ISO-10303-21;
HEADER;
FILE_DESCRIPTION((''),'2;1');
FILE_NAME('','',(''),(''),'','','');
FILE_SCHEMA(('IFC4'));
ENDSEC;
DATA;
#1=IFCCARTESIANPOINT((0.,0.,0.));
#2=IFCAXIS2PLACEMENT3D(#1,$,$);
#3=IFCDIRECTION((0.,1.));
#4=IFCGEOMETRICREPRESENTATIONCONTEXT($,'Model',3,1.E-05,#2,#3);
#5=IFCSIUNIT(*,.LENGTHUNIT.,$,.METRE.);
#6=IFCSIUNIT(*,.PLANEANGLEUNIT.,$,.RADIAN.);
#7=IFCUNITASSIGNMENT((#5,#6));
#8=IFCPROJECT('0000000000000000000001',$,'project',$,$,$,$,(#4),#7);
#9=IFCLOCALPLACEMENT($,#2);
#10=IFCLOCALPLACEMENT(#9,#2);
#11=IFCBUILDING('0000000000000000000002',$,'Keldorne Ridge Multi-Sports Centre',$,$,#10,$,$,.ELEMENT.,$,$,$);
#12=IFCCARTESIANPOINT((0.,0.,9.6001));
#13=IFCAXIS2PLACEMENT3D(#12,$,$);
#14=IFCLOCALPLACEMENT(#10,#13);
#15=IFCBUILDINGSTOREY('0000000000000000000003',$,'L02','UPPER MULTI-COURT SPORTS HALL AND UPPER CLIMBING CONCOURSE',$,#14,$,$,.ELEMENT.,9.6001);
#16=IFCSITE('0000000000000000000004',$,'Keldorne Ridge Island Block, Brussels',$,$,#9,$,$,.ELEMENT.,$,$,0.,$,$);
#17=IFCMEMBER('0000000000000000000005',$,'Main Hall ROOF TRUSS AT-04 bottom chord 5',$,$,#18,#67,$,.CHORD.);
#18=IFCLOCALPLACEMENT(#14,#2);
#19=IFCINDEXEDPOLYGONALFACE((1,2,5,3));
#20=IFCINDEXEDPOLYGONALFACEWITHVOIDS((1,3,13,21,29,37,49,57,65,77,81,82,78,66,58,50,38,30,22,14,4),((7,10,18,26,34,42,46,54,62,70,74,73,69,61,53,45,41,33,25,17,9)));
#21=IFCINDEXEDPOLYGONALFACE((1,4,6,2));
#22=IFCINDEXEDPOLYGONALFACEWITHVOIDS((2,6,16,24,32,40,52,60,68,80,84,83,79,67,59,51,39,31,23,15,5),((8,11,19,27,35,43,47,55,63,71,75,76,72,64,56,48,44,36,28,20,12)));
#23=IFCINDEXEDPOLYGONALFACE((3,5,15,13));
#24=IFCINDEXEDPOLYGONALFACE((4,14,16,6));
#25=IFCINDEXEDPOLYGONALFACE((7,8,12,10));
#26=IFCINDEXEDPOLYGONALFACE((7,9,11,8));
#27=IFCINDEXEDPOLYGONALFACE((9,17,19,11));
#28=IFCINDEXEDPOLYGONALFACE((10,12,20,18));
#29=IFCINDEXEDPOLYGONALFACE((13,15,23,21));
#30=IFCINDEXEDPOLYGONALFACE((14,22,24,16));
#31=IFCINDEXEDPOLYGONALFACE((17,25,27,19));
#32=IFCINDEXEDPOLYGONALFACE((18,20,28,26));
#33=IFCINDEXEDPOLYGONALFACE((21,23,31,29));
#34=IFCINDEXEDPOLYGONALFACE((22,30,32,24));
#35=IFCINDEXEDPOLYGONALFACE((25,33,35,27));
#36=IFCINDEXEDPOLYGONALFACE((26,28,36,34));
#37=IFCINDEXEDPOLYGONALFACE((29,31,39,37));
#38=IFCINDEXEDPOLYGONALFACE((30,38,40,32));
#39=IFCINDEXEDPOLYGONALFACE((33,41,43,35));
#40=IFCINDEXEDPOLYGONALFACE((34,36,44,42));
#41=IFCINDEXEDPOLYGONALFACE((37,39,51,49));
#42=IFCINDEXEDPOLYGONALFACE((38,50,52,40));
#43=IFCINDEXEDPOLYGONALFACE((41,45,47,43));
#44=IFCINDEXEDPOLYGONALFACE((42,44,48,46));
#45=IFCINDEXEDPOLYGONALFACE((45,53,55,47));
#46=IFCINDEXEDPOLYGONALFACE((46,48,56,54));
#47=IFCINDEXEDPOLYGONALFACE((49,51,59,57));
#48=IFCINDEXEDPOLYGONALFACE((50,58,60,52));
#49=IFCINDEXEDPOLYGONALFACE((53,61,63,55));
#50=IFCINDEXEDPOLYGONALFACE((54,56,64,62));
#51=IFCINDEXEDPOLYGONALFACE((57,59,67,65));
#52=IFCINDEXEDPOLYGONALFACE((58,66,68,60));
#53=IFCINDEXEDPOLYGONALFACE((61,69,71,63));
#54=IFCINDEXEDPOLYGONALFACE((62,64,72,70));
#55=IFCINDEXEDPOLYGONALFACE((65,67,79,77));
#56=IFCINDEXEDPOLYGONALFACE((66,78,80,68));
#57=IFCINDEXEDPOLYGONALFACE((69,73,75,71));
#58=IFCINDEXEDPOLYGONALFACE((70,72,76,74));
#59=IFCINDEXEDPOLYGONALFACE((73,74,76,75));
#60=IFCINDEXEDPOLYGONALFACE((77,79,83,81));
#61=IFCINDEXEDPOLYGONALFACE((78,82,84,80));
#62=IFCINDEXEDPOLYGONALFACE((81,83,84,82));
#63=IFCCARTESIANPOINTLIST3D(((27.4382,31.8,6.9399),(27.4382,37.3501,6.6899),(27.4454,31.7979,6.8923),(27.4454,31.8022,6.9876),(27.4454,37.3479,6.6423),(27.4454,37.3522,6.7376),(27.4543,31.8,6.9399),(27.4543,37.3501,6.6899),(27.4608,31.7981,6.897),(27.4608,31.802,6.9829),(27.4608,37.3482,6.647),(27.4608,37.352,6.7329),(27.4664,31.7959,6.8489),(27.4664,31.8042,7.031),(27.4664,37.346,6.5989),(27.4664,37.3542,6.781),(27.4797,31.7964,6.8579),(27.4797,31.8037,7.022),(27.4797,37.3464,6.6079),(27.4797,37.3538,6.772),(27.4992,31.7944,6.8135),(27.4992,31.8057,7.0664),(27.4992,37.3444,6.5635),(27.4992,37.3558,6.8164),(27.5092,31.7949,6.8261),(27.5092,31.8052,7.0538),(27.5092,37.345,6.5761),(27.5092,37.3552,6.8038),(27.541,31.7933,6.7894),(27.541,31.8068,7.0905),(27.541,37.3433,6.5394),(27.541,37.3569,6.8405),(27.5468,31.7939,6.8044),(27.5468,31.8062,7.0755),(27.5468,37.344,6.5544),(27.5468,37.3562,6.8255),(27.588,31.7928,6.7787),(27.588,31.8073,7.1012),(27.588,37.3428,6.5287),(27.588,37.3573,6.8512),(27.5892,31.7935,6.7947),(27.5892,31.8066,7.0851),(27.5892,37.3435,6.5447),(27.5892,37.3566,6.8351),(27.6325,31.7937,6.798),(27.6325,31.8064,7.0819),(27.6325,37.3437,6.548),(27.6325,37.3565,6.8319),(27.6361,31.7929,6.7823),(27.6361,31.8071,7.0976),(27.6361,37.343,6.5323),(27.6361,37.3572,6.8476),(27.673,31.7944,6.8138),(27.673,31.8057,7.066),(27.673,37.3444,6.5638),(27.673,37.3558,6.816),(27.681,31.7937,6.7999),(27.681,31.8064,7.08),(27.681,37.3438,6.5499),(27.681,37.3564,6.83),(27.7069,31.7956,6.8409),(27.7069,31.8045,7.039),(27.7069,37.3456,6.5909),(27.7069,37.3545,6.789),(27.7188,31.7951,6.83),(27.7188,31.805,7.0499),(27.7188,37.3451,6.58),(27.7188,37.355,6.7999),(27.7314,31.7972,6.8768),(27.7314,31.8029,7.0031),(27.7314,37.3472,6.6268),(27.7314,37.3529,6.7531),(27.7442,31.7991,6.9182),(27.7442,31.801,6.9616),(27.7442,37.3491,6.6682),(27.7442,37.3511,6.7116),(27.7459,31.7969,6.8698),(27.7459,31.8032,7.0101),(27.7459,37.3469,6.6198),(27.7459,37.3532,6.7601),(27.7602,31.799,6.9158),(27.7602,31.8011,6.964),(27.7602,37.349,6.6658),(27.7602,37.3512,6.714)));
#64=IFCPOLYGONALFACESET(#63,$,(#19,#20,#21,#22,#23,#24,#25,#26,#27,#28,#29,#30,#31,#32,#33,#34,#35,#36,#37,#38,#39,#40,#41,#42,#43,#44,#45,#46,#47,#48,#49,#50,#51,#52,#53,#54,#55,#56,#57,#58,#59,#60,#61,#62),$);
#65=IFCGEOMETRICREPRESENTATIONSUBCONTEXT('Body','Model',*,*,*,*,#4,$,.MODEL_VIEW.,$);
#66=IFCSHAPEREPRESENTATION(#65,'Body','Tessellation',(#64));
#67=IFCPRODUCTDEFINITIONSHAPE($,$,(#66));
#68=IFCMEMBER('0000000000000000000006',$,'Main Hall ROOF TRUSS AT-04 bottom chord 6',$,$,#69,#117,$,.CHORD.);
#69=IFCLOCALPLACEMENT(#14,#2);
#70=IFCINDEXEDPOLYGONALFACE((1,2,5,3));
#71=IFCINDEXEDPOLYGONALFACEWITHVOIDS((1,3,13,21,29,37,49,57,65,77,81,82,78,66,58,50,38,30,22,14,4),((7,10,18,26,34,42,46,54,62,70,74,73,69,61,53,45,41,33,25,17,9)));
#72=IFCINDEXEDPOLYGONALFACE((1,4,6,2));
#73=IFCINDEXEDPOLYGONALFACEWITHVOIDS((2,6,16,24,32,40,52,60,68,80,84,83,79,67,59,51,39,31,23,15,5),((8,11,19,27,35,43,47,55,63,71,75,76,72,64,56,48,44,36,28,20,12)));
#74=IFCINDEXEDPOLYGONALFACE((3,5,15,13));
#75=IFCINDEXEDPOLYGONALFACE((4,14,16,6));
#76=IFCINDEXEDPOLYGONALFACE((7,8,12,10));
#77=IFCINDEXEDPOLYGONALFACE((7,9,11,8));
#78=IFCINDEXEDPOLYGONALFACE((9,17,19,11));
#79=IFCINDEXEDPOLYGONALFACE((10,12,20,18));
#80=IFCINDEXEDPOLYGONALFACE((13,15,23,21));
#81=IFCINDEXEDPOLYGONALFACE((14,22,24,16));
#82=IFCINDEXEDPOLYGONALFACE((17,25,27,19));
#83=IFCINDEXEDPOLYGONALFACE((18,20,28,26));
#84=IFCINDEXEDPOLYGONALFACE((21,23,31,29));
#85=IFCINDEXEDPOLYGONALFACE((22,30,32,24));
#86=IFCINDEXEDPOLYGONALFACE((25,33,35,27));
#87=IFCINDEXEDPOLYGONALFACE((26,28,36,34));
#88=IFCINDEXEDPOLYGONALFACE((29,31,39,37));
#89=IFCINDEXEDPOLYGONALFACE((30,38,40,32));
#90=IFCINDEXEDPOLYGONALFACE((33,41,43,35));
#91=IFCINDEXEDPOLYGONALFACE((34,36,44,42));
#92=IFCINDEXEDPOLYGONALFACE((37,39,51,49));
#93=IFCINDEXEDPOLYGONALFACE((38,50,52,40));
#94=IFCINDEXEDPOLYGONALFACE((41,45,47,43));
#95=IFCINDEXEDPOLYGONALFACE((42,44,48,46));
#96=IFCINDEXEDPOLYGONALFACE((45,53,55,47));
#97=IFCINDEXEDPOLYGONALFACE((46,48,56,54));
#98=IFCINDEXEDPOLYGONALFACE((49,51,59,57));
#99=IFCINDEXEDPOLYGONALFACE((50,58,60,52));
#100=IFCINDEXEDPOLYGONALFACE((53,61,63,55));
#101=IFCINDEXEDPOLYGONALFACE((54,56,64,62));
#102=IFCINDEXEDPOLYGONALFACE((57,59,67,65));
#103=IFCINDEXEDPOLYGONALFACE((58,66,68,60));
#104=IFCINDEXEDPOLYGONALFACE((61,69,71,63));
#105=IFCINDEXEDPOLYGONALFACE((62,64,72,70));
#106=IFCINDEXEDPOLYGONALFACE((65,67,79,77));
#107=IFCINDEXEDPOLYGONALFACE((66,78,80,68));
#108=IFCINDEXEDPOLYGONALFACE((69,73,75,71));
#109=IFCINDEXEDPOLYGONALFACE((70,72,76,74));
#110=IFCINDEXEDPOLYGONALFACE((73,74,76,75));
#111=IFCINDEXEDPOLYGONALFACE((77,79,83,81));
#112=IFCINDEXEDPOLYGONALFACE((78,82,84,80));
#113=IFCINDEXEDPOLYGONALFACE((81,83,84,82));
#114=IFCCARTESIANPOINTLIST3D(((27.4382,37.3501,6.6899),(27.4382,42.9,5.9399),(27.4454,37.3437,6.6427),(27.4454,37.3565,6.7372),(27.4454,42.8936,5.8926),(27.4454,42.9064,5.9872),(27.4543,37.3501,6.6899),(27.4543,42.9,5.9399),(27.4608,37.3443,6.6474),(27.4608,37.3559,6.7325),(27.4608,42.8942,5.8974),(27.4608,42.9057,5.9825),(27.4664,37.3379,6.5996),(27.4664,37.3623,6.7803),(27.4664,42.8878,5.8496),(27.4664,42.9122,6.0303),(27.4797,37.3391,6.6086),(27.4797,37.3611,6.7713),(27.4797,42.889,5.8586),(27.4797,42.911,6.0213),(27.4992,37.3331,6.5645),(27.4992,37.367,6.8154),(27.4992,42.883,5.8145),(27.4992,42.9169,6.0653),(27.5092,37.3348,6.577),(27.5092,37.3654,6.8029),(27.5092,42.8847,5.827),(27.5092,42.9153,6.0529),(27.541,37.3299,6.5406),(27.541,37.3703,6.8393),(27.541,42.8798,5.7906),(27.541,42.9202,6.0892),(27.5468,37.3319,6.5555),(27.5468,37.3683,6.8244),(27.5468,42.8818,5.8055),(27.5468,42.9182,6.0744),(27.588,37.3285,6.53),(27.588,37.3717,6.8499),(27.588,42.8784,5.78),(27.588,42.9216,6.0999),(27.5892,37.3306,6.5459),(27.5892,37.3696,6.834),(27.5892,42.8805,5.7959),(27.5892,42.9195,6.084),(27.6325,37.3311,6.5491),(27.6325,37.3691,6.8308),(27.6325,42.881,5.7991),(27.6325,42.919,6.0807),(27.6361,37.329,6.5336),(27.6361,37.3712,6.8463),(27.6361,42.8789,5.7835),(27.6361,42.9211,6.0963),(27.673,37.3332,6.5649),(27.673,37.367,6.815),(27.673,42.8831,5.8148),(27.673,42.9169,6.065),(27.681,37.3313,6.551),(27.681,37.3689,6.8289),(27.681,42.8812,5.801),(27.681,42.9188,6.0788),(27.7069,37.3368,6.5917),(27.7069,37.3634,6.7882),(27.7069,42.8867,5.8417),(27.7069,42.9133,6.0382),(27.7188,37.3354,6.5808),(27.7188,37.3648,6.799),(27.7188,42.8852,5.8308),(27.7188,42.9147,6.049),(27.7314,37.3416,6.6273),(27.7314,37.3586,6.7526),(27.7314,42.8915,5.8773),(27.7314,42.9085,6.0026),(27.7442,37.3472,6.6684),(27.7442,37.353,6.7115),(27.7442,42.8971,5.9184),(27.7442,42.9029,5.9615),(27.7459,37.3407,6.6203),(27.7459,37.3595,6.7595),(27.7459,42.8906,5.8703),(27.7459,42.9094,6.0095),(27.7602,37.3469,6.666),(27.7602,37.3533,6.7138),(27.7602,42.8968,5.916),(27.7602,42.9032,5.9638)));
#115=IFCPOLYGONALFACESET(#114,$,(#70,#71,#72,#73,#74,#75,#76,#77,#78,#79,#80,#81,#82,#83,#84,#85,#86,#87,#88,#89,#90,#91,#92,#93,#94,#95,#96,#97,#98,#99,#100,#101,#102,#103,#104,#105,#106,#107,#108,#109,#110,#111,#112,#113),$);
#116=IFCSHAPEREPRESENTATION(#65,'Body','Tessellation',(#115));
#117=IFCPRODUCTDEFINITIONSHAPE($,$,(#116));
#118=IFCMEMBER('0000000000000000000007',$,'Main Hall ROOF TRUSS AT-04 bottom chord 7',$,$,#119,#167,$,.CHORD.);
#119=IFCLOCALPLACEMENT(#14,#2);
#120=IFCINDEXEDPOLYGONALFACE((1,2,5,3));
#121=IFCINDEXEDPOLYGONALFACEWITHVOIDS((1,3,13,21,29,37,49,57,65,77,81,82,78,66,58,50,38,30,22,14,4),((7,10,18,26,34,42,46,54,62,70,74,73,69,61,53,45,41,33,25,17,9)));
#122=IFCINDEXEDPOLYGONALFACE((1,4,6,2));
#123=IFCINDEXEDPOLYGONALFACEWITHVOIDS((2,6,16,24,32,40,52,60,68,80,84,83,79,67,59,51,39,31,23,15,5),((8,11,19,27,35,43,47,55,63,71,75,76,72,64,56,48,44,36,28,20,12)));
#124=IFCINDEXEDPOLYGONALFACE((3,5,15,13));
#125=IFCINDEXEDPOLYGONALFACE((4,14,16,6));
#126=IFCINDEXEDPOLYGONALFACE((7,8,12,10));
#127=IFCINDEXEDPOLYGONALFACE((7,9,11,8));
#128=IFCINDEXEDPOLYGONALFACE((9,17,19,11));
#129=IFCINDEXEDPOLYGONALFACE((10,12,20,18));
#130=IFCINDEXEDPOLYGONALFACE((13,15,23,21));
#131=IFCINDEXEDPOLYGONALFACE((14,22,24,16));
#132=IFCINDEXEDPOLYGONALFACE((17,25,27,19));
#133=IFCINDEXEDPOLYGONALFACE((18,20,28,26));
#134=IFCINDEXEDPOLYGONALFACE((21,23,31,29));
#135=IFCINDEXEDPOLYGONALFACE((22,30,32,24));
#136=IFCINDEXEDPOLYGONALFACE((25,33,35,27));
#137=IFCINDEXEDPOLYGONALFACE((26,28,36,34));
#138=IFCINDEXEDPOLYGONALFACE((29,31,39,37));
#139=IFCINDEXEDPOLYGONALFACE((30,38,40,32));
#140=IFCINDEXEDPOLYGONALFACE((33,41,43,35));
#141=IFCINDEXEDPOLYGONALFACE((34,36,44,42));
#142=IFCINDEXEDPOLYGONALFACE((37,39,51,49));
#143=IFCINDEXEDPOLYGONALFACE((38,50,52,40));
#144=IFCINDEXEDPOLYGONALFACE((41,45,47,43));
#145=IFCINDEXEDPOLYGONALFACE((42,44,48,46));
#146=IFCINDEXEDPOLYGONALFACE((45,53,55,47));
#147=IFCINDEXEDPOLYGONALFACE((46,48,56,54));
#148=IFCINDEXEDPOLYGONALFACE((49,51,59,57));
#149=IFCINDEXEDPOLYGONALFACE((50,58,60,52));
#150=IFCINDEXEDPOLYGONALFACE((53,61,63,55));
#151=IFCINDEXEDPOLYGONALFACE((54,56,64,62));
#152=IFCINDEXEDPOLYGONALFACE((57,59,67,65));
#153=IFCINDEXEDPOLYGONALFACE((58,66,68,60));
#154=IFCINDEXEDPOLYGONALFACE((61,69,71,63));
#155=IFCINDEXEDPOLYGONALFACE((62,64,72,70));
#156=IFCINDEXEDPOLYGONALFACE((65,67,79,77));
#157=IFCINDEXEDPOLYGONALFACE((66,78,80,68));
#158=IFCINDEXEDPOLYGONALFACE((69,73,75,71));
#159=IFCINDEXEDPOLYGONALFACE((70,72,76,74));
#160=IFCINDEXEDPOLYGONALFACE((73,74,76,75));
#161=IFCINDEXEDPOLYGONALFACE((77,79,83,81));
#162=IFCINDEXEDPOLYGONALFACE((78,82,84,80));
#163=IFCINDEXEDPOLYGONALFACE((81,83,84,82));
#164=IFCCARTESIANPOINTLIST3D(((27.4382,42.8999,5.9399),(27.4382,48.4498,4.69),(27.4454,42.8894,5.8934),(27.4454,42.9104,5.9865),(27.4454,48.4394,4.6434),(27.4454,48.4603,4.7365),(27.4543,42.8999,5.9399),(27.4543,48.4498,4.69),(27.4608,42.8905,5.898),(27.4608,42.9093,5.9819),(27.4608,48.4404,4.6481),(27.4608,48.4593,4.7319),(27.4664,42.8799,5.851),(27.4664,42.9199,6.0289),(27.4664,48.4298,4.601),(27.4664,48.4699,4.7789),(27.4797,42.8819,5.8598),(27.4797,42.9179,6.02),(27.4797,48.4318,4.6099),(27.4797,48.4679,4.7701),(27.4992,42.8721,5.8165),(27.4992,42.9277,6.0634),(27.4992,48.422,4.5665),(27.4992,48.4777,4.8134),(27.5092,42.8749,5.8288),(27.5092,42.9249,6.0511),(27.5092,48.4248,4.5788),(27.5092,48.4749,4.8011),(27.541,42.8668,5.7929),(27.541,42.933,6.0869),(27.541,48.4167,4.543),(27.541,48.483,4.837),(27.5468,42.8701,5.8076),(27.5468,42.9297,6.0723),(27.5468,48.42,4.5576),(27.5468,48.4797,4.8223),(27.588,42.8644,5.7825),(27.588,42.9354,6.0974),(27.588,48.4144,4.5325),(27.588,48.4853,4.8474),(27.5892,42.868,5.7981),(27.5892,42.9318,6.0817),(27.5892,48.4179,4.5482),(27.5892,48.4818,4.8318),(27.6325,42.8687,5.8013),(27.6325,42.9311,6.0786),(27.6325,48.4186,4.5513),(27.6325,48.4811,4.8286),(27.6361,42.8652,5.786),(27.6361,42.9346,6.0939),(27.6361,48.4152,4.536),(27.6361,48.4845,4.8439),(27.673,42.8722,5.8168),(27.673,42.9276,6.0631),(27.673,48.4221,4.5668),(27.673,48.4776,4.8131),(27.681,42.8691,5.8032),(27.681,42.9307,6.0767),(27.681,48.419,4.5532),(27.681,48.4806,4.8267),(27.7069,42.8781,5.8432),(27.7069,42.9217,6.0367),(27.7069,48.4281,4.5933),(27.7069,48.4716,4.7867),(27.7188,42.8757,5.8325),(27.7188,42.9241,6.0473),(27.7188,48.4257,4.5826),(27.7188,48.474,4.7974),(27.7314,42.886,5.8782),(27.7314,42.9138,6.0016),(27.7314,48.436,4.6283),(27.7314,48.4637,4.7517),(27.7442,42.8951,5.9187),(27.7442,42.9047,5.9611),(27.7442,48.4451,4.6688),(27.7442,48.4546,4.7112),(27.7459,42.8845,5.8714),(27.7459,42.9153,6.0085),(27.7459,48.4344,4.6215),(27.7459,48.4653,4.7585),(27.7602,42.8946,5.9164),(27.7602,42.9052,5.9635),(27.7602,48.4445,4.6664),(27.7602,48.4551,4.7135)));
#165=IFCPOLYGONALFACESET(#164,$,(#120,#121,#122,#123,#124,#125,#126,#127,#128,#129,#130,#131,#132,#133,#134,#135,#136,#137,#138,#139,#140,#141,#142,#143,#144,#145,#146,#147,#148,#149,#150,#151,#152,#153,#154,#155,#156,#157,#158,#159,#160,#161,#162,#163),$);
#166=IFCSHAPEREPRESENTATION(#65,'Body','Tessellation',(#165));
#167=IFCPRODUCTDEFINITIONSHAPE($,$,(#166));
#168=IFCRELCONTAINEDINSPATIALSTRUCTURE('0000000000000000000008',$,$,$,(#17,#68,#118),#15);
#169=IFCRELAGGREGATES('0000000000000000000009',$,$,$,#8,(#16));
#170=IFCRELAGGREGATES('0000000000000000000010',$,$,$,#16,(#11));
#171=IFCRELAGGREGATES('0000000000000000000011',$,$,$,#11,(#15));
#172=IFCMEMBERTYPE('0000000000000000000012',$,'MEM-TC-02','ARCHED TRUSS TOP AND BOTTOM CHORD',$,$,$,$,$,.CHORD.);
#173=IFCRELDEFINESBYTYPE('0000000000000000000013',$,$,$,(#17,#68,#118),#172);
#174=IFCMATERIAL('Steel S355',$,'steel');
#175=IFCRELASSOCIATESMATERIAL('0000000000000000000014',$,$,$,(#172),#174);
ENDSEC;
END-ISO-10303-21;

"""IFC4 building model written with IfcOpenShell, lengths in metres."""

from ifc_helpers import new_model, si_unit, direction, frame, origin, origin_2d, place, context, subcontext, project, spatial, hollow_circle, extrude, material, material_profile, profile_set, type_object, element, save


model = new_model("IFC4")

# Units and contexts
model_context = context("Model", 3, precision=1e-05, world=origin(), true_north=direction((0.0, 1.0)))
body_context = subcontext(model_context, "Body", "Model", "MODEL_VIEW")
ifc_project = project(units=[si_unit("LENGTHUNIT", "METRE"), si_unit("PLANEANGLEUNIT", "RADIAN")], contexts=[model_context])

# Site, building, storey
site_placement = place(None, origin())
site = spatial("IfcSite", under=ifc_project, at=site_placement, Name="Keldorne Ridge Island Block, Brussels", CompositionType="ELEMENT", RefElevation=0.0)
building_placement = place(site_placement, origin())
building = spatial("IfcBuilding", under=site, at=building_placement, Name="Keldorne Ridge Multi-Sports Centre", CompositionType="ELEMENT")
storey_placement = place(building_placement, frame((0.0, 0.0, 9.6001)))
storey = spatial("IfcBuildingStorey", under=building, at=storey_placement, Name="L02", Description="UPPER MULTI-COURT SPORTS HALL AND UPPER CLIMBING CONCOURSE", CompositionType="ELEMENT", Elevation=9.6001)

# Members
ifc_material = material(Name="Steel S355", Category="steel")
ifc_material_profile_1 = material_profile(ifc_material, hollow_circle(Radius=0.1619, WallThickness=0.0161, at=origin_2d()), Name="CHS 323.9x16")
ifc_profile_set_1 = profile_set([ifc_material_profile_1], Name="Steel S355")
member_type_1 = type_object("IfcMemberType", Name="MEM-TC-02", Description="ARCHED TRUSS TOP AND BOTTOM CHORD", PredefinedType="CHORD", material=ifc_profile_set_1)
member_1_placement = place(storey_placement, frame((27.6001, 31.8, 6.9399), z_axis=(0.0, 0.998987, -0.044999), x_axis=(-1.0, 0.0, 0.0)))
element("IfcMember", 1, at=member_1_placement, inside=storey, type_object=member_type_1, Name="Main Hall ROOF TRUSS AT-04 bottom chord 5", PredefinedType="CHORD", context=body_context, shape_type="SweptSolid", body=[
    extrude(hollow_circle(Radius=0.1619, WallThickness=0.0161, at=origin_2d()), origin(), (0.0, 0.0, 1.0), 5.5557),
])
member_2_placement = place(storey_placement, frame((27.6001, 37.3501, 6.6899), z_axis=(0.0, 0.990992, -0.133923), x_axis=(-1.0, 0.0, 0.0)))
element("IfcMember", 2, at=member_2_placement, inside=storey, type_object=member_type_1, Name="Main Hall ROOF TRUSS AT-04 bottom chord 6", PredefinedType="CHORD", context=body_context, shape_type="SweptSolid", body=[
    extrude(hollow_circle(Radius=0.1619, WallThickness=0.0161, at=origin_2d()), origin(), (0.0, 0.0, 1.0), 5.6003),
])
member_3_placement = place(storey_placement, frame((27.6001, 42.8999, 5.9399), z_axis=(0.0, 0.975563, -0.219719), x_axis=(-1.0, 0.0, 0.0)))
element("IfcMember", 3, at=member_3_placement, inside=storey, type_object=member_type_1, Name="Main Hall ROOF TRUSS AT-04 bottom chord 7", PredefinedType="CHORD", context=body_context, shape_type="SweptSolid", body=[
    extrude(hollow_circle(Radius=0.1619, WallThickness=0.0161, at=origin_2d()), origin(), (0.0, 0.0, 1.0), 5.689),
])

save(model, "model.ifc")
